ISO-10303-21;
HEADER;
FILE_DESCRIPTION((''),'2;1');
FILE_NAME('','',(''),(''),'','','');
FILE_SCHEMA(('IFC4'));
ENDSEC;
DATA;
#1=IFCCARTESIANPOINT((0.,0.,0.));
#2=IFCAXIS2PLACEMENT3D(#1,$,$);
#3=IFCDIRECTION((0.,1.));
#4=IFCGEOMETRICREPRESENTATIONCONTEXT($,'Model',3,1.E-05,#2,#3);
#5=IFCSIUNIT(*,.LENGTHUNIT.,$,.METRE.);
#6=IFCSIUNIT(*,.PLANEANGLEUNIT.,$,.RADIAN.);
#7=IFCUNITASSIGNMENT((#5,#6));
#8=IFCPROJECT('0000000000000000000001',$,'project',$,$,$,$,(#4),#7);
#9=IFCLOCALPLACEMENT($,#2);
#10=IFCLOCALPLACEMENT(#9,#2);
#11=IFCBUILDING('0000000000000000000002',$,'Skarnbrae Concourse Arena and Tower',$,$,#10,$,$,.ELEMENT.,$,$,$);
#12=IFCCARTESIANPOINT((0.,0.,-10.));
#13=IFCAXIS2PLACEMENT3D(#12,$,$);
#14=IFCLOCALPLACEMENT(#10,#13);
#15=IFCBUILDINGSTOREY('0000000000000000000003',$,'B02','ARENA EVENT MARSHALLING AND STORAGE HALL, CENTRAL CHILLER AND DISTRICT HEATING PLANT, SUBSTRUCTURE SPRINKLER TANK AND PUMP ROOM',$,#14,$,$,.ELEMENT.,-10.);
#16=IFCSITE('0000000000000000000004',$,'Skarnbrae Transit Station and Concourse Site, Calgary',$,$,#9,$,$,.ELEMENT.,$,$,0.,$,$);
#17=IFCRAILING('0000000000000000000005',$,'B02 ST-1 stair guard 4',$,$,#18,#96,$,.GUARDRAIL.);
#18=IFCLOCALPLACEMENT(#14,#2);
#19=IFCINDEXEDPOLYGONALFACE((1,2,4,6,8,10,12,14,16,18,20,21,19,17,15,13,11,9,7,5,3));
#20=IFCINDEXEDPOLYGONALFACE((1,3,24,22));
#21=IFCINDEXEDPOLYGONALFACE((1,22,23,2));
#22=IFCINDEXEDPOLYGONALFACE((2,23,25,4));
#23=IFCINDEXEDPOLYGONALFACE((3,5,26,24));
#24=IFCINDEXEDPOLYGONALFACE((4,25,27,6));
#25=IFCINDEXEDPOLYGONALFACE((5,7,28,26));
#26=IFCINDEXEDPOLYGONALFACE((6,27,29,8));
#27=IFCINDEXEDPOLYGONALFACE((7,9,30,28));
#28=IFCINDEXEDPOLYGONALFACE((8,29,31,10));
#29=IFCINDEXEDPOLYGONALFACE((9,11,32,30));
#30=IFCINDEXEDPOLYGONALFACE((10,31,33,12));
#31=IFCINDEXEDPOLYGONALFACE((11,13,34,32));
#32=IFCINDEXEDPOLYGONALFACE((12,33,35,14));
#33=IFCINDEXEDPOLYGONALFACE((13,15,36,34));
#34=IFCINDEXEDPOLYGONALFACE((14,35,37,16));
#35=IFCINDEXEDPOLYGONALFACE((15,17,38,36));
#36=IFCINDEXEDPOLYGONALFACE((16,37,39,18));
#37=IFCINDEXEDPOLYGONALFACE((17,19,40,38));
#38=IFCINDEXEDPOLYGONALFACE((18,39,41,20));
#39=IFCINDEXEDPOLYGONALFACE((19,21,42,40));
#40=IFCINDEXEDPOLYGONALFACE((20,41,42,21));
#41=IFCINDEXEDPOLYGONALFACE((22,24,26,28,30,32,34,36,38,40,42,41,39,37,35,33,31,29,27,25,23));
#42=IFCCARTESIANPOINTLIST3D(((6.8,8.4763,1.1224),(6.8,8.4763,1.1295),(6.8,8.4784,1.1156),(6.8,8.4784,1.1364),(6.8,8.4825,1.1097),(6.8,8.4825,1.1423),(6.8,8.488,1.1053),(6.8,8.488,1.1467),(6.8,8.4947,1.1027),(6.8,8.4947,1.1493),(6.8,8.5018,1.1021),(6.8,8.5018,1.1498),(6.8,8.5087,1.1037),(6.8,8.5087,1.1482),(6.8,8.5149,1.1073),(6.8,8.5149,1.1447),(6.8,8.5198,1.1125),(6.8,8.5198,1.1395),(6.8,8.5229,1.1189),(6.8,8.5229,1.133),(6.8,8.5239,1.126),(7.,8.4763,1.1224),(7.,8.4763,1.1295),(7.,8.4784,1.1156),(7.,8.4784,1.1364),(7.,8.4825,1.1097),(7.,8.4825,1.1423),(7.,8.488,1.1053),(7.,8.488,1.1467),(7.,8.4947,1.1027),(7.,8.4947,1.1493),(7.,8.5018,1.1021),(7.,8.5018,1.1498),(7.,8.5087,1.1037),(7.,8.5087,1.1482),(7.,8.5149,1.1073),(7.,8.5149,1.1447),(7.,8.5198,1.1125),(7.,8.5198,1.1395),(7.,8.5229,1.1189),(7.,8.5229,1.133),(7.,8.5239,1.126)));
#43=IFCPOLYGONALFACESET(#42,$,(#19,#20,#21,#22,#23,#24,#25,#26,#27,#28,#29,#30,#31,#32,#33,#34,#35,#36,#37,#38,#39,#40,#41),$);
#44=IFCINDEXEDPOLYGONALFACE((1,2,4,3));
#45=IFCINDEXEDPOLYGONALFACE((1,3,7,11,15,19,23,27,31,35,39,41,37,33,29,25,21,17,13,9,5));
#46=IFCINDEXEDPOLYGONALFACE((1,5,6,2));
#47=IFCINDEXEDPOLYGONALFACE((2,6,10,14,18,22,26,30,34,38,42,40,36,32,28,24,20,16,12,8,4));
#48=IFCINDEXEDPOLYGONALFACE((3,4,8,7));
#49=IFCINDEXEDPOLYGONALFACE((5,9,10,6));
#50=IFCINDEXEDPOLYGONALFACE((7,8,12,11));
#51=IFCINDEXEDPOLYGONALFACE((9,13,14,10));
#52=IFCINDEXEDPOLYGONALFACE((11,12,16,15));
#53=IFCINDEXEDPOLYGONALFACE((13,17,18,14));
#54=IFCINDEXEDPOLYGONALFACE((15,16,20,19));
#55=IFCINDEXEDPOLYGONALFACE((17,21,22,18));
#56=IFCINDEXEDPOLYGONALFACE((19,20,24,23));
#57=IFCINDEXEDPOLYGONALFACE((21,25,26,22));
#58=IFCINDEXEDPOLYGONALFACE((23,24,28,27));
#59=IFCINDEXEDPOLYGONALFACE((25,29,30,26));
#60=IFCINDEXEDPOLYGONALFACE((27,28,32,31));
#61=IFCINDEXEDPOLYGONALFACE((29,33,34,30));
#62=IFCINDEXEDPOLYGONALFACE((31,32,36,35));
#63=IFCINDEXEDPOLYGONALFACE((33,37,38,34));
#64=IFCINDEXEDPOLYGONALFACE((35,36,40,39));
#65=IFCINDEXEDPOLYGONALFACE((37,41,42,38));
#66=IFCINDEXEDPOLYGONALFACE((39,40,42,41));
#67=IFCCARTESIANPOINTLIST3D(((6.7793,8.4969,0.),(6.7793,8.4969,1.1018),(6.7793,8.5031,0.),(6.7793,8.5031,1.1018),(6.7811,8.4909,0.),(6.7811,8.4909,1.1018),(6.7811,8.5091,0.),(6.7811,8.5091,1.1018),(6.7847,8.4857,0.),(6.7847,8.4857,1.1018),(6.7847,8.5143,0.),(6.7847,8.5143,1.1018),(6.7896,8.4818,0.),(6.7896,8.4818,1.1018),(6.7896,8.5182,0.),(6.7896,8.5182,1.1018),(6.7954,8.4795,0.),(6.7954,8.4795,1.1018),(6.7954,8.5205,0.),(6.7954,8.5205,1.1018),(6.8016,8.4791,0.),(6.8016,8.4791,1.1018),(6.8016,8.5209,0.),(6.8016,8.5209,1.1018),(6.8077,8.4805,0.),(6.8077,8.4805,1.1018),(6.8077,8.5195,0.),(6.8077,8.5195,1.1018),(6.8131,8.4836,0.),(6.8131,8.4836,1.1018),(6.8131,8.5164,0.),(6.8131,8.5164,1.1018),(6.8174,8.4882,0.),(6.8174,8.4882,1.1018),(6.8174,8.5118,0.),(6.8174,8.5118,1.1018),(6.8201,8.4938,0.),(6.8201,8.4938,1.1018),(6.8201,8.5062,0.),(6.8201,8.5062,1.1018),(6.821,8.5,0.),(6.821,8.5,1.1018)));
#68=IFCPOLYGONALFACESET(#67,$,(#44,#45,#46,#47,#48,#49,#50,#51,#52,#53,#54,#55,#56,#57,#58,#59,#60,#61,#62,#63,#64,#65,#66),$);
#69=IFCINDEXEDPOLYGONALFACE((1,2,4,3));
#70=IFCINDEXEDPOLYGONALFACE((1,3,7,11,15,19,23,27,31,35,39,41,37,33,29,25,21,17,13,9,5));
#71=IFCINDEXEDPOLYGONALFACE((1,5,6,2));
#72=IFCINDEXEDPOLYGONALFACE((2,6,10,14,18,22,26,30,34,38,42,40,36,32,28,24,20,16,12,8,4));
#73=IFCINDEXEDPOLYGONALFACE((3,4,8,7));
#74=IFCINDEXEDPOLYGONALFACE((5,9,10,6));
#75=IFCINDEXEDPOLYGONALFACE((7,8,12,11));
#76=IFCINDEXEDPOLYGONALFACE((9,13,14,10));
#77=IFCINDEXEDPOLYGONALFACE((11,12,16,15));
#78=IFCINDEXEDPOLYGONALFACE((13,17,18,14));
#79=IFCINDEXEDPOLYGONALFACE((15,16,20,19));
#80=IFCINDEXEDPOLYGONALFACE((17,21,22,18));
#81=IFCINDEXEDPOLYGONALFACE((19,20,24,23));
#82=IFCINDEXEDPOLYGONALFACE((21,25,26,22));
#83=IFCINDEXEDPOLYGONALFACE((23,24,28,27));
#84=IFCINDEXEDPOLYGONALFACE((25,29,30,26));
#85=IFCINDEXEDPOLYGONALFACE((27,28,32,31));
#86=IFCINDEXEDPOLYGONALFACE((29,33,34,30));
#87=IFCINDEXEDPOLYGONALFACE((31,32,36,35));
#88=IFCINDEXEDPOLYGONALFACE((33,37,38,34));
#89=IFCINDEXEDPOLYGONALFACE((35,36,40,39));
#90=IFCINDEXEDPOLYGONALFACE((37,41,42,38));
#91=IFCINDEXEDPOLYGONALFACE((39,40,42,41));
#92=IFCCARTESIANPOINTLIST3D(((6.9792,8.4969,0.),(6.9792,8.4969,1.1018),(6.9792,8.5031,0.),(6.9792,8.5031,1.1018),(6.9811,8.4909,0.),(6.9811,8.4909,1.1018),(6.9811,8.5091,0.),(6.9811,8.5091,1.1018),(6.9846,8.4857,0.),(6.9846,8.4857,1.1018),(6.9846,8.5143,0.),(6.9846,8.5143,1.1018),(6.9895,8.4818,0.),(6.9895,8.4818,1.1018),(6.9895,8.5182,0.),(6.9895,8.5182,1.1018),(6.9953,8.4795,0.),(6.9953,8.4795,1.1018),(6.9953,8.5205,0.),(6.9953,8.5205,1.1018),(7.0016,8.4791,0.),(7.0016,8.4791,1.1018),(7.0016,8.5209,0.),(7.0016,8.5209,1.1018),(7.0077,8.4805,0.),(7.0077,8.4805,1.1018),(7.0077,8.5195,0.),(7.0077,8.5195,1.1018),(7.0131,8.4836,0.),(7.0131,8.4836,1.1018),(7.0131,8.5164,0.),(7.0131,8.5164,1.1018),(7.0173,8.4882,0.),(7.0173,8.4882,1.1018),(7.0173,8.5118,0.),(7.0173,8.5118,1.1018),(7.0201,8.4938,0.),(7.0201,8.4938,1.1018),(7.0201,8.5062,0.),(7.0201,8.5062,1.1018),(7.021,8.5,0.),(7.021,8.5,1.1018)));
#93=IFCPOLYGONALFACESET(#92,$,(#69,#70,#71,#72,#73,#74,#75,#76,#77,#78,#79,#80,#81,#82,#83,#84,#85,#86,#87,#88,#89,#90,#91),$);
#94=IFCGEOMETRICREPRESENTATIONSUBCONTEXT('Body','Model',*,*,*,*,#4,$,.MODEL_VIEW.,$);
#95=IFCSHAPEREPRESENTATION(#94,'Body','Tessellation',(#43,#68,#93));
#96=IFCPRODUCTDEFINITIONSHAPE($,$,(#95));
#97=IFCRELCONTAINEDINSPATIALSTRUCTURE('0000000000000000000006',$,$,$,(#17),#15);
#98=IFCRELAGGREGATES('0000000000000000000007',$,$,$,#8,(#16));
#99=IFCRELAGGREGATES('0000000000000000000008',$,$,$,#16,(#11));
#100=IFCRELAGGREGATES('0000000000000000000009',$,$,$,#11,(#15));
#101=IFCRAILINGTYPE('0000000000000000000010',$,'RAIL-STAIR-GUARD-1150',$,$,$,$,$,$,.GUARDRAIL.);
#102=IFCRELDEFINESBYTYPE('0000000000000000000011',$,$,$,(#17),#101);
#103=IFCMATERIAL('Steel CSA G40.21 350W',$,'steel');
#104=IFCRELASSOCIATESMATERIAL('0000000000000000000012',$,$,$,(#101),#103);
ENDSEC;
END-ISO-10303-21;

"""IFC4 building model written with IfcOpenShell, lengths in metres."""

from ifc_helpers import new_model, si_unit, direction, frame, origin, origin_2d, place, context, subcontext, project, spatial, circle, extrude, material, type_object, element, save


model = new_model("IFC4")

# Units and contexts
model_context = context("Model", 3, precision=1e-05, world=origin(), true_north=direction((0.0, 1.0)))
body_context = subcontext(model_context, "Body", "Model", "MODEL_VIEW")
ifc_project = project(units=[si_unit("LENGTHUNIT", "METRE"), si_unit("PLANEANGLEUNIT", "RADIAN")], contexts=[model_context])

# Site, building, storey
site_placement = place(None, origin())
site = spatial("IfcSite", under=ifc_project, at=site_placement, Name="Skarnbrae Transit Station and Concourse Site, Calgary", CompositionType="ELEMENT", RefElevation=0.0)
building_placement = place(site_placement, origin())
building = spatial("IfcBuilding", under=site, at=building_placement, Name="Skarnbrae Concourse Arena and Tower", CompositionType="ELEMENT")
storey_placement = place(building_placement, frame((0.0, 0.0, -10.0)))
storey = spatial("IfcBuildingStorey", under=building, at=storey_placement, Name="B02", Description="ARENA EVENT MARSHALLING AND STORAGE HALL, CENTRAL CHILLER AND DISTRICT HEATING PLANT, SUBSTRUCTURE SPRINKLER TANK AND PUMP ROOM", CompositionType="ELEMENT", Elevation=-10.0)

# Shared definitions
ifc_material_1 = material(Name="Steel CSA G40.21 350W", Category="steel")

# Railing
railing_type_1 = type_object("IfcRailingType", Name="RAIL-STAIR-GUARD-1150", PredefinedType="GUARDRAIL", material=ifc_material_1)
railing_1_placement = place(storey_placement, frame((6.8, 8.5, 0.0)))
element("IfcRailing", 1, at=railing_1_placement, inside=storey, type_object=railing_type_1, Name="B02 ST-1 stair guard 4", PredefinedType="GUARDRAIL", context=body_context, shape_type="SweptSolid", body=[
    extrude(circle(Radius=0.0239, at=origin_2d()), frame((0.0, 0.0, 1.126), z_axis=(1.0, 0.0, 0.0), x_axis=(0.0, 1.0, 0.0)), (0.0, 0.0, 1.0), 0.2),
    extrude(circle(Radius=0.021, at=origin_2d()), origin(), (0.0, 0.0, 1.0), 1.1018),
    extrude(circle(Radius=0.021, at=origin_2d()), frame((0.2, 0.0, 0.0)), (0.0, 0.0, 1.0), 1.1018),
])

save(model, "model.ifc")
